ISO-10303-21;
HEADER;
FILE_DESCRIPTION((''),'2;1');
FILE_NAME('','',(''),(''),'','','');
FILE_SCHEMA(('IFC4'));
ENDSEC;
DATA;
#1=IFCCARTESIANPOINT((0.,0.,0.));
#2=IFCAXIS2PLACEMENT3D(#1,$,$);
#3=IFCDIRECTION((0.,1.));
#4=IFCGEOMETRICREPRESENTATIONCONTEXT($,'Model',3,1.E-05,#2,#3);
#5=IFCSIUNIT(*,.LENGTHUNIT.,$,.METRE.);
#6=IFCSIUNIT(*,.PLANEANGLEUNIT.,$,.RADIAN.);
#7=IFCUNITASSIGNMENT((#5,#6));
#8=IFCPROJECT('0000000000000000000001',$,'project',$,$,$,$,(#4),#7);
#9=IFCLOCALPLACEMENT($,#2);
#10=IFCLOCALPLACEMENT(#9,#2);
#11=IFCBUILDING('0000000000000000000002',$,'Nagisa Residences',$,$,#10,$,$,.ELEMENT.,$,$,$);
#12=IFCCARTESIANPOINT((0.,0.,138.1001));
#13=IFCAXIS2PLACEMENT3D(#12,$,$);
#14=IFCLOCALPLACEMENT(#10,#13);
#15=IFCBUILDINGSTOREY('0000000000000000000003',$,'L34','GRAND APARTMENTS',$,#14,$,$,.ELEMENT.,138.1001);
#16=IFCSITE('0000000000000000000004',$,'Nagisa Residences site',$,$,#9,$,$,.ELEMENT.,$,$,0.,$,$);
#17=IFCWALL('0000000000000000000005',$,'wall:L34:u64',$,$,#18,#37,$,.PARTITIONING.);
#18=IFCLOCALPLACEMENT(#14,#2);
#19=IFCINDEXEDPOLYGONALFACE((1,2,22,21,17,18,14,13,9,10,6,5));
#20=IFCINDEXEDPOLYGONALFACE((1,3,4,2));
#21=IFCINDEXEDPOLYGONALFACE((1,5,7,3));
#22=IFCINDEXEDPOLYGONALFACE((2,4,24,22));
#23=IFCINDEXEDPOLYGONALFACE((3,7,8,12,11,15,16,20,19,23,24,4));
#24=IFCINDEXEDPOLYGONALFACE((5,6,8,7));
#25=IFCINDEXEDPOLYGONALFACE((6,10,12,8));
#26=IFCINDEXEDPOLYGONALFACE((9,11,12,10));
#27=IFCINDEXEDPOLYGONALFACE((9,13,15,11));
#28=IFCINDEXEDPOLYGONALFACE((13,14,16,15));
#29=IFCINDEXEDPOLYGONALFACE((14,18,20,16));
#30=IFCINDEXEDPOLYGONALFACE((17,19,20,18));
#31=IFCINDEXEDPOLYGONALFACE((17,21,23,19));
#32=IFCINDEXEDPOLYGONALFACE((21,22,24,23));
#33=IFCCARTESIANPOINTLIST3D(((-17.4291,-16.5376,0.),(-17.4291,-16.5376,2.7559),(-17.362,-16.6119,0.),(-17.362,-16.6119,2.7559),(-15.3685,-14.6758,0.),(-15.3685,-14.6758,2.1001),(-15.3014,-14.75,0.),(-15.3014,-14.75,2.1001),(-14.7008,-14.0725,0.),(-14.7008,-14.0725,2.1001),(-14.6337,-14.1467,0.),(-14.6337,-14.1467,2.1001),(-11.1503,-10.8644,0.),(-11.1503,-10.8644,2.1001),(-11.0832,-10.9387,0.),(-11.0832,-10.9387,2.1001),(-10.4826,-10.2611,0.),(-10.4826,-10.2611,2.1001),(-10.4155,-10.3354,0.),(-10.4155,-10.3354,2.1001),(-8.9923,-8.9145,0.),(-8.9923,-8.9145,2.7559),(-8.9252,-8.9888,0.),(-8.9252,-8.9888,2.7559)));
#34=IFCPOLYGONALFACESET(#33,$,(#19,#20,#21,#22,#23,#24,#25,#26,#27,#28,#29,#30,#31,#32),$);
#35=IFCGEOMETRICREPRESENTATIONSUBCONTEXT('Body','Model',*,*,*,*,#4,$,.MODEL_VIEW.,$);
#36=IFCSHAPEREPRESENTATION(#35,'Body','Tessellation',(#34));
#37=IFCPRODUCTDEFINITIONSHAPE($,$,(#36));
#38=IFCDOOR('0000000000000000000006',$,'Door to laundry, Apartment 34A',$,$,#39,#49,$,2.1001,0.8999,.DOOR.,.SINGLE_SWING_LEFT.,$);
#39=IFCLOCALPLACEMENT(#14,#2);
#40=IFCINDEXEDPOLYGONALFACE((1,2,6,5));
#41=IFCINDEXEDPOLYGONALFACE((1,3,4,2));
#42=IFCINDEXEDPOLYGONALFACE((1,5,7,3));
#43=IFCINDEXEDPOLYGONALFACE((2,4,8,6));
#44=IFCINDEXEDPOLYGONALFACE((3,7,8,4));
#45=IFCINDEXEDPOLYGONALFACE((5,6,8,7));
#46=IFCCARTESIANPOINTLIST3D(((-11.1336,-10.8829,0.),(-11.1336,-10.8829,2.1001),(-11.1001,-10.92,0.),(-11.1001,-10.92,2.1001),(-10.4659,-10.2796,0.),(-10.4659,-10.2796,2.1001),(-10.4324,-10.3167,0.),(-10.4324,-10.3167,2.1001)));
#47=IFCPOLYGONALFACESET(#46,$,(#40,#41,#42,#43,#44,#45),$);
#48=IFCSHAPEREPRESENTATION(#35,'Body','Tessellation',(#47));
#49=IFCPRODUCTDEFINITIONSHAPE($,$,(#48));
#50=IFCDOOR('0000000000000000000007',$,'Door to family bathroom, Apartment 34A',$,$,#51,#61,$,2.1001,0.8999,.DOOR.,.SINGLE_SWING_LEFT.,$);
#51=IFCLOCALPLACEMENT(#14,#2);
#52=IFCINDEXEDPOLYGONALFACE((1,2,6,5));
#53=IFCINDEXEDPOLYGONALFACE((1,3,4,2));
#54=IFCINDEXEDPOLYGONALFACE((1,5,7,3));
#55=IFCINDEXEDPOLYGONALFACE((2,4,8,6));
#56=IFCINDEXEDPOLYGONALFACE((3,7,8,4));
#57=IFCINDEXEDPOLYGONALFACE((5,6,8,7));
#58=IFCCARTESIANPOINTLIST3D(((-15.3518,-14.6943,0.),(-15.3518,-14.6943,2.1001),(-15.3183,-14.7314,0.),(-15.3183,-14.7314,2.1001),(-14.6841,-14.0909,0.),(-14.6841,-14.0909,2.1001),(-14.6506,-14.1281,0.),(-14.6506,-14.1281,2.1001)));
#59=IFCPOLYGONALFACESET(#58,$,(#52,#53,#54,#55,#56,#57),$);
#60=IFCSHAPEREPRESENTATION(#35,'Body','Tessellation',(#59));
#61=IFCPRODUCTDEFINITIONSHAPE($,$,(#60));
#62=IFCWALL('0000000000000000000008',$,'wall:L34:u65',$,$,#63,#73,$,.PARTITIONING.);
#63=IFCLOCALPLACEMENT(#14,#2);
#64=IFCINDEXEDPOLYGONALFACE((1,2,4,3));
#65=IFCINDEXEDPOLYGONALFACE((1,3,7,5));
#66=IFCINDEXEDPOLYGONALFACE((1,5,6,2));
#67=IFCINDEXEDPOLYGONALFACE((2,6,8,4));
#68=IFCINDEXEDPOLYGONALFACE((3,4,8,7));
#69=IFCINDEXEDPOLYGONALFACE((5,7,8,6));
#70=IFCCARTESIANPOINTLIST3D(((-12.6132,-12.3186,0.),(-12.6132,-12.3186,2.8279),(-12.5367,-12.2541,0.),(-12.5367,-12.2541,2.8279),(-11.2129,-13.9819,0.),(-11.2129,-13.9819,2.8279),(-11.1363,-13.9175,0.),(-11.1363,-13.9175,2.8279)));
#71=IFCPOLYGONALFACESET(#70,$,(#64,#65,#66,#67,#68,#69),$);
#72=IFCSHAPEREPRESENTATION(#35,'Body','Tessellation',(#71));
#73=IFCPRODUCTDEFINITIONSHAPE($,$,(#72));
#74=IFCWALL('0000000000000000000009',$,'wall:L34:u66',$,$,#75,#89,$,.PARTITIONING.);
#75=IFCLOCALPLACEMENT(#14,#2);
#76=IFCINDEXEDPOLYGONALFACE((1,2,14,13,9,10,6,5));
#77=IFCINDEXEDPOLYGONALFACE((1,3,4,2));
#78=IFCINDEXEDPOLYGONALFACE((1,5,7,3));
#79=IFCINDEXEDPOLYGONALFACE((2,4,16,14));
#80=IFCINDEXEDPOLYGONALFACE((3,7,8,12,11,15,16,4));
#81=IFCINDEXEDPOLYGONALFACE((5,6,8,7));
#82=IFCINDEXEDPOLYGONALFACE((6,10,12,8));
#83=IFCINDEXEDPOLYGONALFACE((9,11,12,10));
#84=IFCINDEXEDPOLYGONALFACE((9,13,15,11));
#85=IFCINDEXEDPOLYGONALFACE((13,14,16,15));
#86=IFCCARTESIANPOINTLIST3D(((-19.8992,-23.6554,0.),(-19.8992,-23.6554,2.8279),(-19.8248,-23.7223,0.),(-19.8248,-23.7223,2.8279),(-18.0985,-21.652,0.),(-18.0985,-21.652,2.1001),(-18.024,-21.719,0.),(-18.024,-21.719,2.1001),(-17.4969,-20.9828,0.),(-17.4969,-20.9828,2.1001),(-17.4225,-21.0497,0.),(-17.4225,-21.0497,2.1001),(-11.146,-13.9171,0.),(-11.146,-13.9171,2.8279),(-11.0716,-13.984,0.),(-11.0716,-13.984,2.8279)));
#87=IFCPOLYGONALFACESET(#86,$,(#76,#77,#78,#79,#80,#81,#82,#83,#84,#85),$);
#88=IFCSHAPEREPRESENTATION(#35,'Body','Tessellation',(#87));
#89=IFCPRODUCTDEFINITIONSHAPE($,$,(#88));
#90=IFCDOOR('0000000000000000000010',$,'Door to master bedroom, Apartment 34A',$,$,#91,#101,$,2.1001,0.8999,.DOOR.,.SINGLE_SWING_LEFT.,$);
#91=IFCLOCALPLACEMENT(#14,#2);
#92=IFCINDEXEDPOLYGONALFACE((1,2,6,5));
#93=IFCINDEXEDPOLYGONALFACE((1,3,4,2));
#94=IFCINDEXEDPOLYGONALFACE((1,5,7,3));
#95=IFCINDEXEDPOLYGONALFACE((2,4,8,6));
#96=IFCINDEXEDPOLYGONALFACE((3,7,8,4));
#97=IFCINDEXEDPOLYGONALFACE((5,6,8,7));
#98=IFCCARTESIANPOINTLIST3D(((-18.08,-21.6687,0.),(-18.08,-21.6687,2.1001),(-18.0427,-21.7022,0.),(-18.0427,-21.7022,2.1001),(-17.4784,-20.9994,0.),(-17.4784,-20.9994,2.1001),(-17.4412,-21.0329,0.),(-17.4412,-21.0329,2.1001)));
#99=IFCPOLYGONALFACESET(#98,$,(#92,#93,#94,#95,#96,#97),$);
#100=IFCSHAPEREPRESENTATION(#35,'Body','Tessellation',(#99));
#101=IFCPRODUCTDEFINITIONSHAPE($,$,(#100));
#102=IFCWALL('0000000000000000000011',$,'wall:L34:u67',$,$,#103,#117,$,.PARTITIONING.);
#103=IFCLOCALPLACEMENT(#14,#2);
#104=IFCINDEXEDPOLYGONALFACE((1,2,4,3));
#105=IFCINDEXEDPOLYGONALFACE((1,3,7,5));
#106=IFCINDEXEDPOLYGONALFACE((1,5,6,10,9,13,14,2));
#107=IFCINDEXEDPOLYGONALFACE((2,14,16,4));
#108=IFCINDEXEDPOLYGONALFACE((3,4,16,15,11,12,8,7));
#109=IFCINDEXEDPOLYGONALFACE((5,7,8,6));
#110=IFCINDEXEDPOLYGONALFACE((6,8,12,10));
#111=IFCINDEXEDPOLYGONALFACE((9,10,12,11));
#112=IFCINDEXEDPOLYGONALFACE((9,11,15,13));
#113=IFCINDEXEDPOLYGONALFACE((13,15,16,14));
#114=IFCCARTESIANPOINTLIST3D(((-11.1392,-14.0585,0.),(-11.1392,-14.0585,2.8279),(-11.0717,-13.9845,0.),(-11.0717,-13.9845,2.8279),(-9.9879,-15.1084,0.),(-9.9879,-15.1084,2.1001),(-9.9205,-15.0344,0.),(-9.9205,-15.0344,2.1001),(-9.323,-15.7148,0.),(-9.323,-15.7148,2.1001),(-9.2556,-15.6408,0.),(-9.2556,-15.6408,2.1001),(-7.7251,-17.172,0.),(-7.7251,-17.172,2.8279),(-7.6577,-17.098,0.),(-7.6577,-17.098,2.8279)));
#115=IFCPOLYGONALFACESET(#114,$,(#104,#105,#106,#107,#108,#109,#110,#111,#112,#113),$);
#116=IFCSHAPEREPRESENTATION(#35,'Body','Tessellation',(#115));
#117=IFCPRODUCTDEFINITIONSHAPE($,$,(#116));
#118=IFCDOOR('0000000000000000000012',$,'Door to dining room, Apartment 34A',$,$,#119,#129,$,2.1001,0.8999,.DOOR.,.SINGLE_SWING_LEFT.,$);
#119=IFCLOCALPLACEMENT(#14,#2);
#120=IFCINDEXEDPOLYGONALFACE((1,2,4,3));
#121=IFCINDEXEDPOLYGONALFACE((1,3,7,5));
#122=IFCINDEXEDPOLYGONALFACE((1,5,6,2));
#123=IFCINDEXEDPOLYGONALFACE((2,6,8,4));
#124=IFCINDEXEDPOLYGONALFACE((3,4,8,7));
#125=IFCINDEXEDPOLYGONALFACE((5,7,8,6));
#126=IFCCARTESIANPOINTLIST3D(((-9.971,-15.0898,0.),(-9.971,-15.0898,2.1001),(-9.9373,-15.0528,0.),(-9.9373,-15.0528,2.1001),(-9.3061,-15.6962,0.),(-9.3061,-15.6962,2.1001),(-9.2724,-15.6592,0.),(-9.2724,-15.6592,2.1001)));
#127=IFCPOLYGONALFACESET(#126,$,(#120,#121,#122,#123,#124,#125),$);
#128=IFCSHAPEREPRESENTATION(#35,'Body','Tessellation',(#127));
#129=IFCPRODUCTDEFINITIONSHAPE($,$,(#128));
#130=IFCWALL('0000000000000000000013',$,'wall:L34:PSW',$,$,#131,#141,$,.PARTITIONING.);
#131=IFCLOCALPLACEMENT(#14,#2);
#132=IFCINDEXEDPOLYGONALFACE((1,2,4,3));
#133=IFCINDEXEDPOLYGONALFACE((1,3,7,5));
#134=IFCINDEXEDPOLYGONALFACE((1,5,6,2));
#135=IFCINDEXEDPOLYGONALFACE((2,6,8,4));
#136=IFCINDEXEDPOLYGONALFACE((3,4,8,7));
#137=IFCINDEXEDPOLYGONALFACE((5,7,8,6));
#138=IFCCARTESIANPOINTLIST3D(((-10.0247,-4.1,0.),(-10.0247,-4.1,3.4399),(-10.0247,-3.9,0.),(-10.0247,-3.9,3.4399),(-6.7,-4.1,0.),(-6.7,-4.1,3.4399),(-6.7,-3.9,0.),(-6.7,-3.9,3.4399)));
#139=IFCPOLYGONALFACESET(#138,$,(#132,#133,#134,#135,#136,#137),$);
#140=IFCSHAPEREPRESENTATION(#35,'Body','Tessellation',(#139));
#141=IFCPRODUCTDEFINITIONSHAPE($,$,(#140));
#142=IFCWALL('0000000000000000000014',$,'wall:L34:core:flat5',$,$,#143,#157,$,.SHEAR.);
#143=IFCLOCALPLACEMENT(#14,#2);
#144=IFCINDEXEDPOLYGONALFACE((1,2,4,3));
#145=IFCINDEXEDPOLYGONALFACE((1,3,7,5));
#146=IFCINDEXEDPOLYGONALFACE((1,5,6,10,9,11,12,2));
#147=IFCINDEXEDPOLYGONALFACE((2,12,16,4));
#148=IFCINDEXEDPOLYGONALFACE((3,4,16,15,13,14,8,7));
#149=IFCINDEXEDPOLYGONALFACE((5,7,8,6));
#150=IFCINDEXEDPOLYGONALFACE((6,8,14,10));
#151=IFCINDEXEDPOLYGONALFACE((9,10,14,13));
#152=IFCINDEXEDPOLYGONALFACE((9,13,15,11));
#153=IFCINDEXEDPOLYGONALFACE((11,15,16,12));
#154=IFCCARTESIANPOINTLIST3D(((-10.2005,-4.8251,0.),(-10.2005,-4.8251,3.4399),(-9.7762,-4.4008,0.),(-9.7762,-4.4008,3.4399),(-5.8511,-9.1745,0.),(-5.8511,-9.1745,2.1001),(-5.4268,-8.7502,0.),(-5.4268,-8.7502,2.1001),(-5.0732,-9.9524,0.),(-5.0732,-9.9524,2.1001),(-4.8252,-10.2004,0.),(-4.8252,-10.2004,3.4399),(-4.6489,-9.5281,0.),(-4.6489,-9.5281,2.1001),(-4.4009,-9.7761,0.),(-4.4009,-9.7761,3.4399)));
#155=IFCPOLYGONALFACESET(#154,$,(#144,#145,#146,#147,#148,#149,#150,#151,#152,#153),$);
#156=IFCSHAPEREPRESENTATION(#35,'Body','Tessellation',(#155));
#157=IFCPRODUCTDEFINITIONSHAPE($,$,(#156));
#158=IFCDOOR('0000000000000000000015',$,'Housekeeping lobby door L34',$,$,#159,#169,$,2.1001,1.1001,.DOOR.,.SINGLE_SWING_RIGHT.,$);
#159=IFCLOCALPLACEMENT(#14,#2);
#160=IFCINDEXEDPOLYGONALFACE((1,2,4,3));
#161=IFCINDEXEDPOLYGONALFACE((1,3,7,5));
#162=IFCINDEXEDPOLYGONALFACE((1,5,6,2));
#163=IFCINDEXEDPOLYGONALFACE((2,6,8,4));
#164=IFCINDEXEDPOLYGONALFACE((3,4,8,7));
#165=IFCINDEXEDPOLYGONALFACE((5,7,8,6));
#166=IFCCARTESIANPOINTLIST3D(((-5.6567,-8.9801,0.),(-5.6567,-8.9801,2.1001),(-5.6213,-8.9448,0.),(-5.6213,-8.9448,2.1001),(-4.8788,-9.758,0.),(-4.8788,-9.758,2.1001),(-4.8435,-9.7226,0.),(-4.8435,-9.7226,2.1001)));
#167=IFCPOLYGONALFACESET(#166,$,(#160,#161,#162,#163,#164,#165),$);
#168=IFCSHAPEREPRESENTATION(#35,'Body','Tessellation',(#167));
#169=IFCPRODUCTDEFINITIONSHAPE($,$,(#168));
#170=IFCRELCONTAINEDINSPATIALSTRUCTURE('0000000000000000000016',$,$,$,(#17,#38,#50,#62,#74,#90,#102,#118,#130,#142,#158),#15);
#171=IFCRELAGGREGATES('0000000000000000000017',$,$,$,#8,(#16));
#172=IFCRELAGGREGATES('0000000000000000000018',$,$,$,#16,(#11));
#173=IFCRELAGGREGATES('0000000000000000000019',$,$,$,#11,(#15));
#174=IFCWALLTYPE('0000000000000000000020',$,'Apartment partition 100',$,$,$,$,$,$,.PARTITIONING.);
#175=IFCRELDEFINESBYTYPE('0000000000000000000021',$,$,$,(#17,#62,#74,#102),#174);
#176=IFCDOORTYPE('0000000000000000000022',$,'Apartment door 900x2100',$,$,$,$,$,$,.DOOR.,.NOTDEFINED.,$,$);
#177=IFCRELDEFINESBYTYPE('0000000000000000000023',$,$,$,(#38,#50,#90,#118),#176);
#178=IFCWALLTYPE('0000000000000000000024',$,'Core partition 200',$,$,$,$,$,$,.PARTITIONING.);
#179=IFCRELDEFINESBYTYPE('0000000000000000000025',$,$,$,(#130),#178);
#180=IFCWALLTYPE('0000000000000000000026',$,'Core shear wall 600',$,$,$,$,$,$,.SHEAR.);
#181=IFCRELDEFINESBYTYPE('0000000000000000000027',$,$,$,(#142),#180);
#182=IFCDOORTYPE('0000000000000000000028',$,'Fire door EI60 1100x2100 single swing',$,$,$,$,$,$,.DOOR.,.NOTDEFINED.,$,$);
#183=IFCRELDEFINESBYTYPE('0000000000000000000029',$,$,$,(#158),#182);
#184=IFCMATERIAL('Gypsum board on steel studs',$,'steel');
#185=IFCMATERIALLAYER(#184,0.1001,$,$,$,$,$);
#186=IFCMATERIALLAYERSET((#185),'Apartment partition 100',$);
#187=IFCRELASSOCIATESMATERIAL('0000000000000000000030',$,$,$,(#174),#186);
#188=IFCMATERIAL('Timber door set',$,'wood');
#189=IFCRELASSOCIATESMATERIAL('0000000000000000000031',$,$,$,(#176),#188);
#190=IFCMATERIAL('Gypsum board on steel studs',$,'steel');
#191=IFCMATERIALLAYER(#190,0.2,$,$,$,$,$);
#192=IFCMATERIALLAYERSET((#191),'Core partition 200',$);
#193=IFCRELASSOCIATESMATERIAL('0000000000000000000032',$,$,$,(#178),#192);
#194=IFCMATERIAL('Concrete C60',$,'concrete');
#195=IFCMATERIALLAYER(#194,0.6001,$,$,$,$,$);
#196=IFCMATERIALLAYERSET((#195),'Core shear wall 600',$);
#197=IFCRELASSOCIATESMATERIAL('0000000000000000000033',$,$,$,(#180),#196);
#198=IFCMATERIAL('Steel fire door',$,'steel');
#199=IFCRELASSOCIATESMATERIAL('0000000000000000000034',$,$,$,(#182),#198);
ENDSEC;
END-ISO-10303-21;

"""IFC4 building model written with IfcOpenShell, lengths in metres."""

from ifc_helpers import new_model, si_unit, direction, frame, frame_2d, origin, place, context, subcontext, project, spatial, rectangle, extrude, material, layer, layer_set, type_object, element, fill, save


model = new_model("IFC4")

# Units and contexts
model_context = context("Model", 3, precision=1e-05, world=origin(), true_north=direction((0.0, 1.0)))
body_context = subcontext(model_context, "Body", "Model", "MODEL_VIEW")
ifc_project = project(units=[si_unit("LENGTHUNIT", "METRE"), si_unit("PLANEANGLEUNIT", "RADIAN")], contexts=[model_context])

# Site, building, storey
site_placement = place(None, origin())
site = spatial("IfcSite", under=ifc_project, at=site_placement, Name="Nagisa Residences site", CompositionType="ELEMENT", RefElevation=0.0)
building_placement = place(site_placement, origin())
building = spatial("IfcBuilding", under=site, at=building_placement, Name="Nagisa Residences", CompositionType="ELEMENT")
storey_placement = place(building_placement, frame((0.0, 0.0, 138.1001)))
storey = spatial("IfcBuildingStorey", under=building, at=storey_placement, Name="L34", Description="GRAND APARTMENTS", CompositionType="ELEMENT", Elevation=138.1001)

# Shared definitions
ifc_material_1 = material(Name="Gypsum board on steel studs", Category="steel")
ifc_layer_1 = layer(ifc_material_1, 0.1001)
ifc_layer_set_1 = layer_set([ifc_layer_1], Name="Apartment partition 100")
wall_type_1 = type_object("IfcWallType", Name="Apartment partition 100", PredefinedType="PARTITIONING", material=ifc_layer_set_1)
ifc_material_2 = material(Name="Timber door set", Category="wood")
door_type_1 = type_object("IfcDoorType", Name="Apartment door 900x2100", OperationType="NOTDEFINED", PredefinedType="DOOR", material=ifc_material_2)

# Wall, openings, doors
wall_1_placement = place(storey_placement, frame((-8.9587, -8.9517, 0.0), z_axis=(0.0, 0.0, 1.0), x_axis=(-0.741983, -0.670419, 0.0)))
wall_1 = element("IfcWall", 1, at=wall_1_placement, inside=storey, type_object=wall_type_1, Name="wall:L34:u64", PredefinedType="PARTITIONING", context=body_context, shape_type="SweptSolid", body=[
    extrude(rectangle(XDim=11.3706, YDim=0.1001, at=frame_2d((5.6853, 0.0))), origin(), (0.0, 0.0, 1.0), 2.7559),
])
opening_1_placement = place(wall_1_placement, frame((2.0085, 0.0, 0.0)))
opening_1 = element("IfcOpeningElement", 2, at=opening_1_placement, cuts=wall_1, PredefinedType="OPENING", context=body_context, shape_type="SweptSolid", body=[
    extrude(rectangle(XDim=0.8999, YDim=2.1001, at=frame_2d((0.45, 1.05))), frame((0.0, 0.0601, 0.0), z_axis=(0.0, -1.0, 0.0), x_axis=(1.0, 0.0, 0.0)), (0.0, 0.0, 1.0), 0.1201),
])
opening_2_placement = place(wall_1_placement, frame((7.6936, 0.0, 0.0)))
opening_2 = element("IfcOpeningElement", 3, at=opening_2_placement, cuts=wall_1, PredefinedType="OPENING", context=body_context, shape_type="SweptSolid", body=[
    extrude(rectangle(XDim=0.8999, YDim=2.1001, at=frame_2d((0.45, 1.05))), frame((0.0, 0.0601, 0.0), z_axis=(0.0, -1.0, 0.0), x_axis=(1.0, 0.0, 0.0)), (0.0, 0.0, 1.0), 0.1201),
])
door_1_placement = place(opening_1_placement, origin())
door_1 = element("IfcDoor", 4, at=door_1_placement, inside=storey, type_object=door_type_1, Name="Door to laundry, Apartment 34A", OperationType="SINGLE_SWING_LEFT", OverallHeight=2.1001, OverallWidth=0.8999, PredefinedType="DOOR", context=body_context, shape_type="SweptSolid", body=[
    extrude(rectangle(XDim=0.8999, YDim=2.1001, at=frame_2d((0.45, 1.05))), frame((0.0, 0.0249, 0.0), z_axis=(0.0, -1.0, 0.0), x_axis=(1.0, 0.0, 0.0)), (0.0, 0.0, 1.0), 0.05),
])
fill(opening_1, door_1)
door_2_placement = place(opening_2_placement, origin())
door_2 = element("IfcDoor", 5, at=door_2_placement, inside=storey, type_object=door_type_1, Name="Door to family bathroom, Apartment 34A", OperationType="SINGLE_SWING_LEFT", OverallHeight=2.1001, OverallWidth=0.8999, PredefinedType="DOOR", context=body_context, shape_type="SweptSolid", body=[
    extrude(rectangle(XDim=0.8999, YDim=2.1001, at=frame_2d((0.45, 1.05))), frame((0.0, 0.0249, 0.0), z_axis=(0.0, -1.0, 0.0), x_axis=(1.0, 0.0, 0.0)), (0.0, 0.0, 1.0), 0.05),
])
fill(opening_2, door_2)

# Wall
wall_2_placement = place(storey_placement, frame((-12.575, -12.2864, 0.0), z_axis=(0.0, 0.0, 1.0), x_axis=(0.644053, -0.764981, 0.0)))
element("IfcWall", 6, at=wall_2_placement, inside=storey, type_object=wall_type_1, Name="wall:L34:u65", PredefinedType="PARTITIONING", context=body_context, shape_type="SweptSolid", body=[
    extrude(rectangle(XDim=2.1743, YDim=0.1001, at=frame_2d((1.0872, 0.0))), origin(), (0.0, 0.0, 1.0), 2.8279),
])

# Walls, openings, doors
wall_3_placement = place(storey_placement, frame((-11.1089, -13.9507, 0.0), z_axis=(0.0, 0.0, 1.0), x_axis=(-0.668489, -0.743722, 0.0)))
wall_3 = element("IfcWall", 7, at=wall_3_placement, inside=storey, type_object=wall_type_1, Name="wall:L34:u66", PredefinedType="PARTITIONING", context=body_context, shape_type="SweptSolid", body=[
    extrude(rectangle(XDim=13.094, YDim=0.1001, at=frame_2d((6.5469, 0.0))), origin(), (0.0, 0.0, 1.0), 2.8279),
])
opening_3_placement = place(wall_3_placement, frame((9.5002, 0.0, 0.0)))
opening_3 = element("IfcOpeningElement", 8, at=opening_3_placement, cuts=wall_3, PredefinedType="OPENING", context=body_context, shape_type="SweptSolid", body=[
    extrude(rectangle(XDim=0.8999, YDim=2.1001, at=frame_2d((0.45, 1.05))), frame((0.0, 0.0601, 0.0), z_axis=(0.0, -1.0, 0.0), x_axis=(1.0, 0.0, 0.0)), (0.0, 0.0, 1.0), 0.1201),
])
door_3_placement = place(opening_3_placement, origin())
door_3 = element("IfcDoor", 9, at=door_3_placement, inside=storey, type_object=door_type_1, Name="Door to master bedroom, Apartment 34A", OperationType="SINGLE_SWING_LEFT", OverallHeight=2.1001, OverallWidth=0.8999, PredefinedType="DOOR", context=body_context, shape_type="SweptSolid", body=[
    extrude(rectangle(XDim=0.8999, YDim=2.1001, at=frame_2d((0.45, 1.05))), frame((0.0, 0.0249, 0.0), z_axis=(0.0, -1.0, 0.0), x_axis=(1.0, 0.0, 0.0)), (0.0, 0.0, 1.0), 0.05),
])
fill(opening_3, door_3)
wall_4_placement = place(storey_placement, frame((-11.1055, -14.0215, 0.0), z_axis=(0.0, 0.0, 1.0), x_axis=(0.73888, -0.673837, 0.0)))
wall_4 = element("IfcWall", 10, at=wall_4_placement, inside=storey, type_object=wall_type_1, Name="wall:L34:u67", PredefinedType="PARTITIONING", context=body_context, shape_type="SweptSolid", body=[
    extrude(rectangle(XDim=4.6206, YDim=0.1001, at=frame_2d((2.3103, 0.0))), origin(), (0.0, 0.0, 1.0), 2.8279),
])
opening_4_placement = place(wall_4_placement, frame((1.5581, 0.0, 0.0)))
opening_4 = element("IfcOpeningElement", 11, at=opening_4_placement, cuts=wall_4, PredefinedType="OPENING", context=body_context, shape_type="SweptSolid", body=[
    extrude(rectangle(XDim=0.8999, YDim=2.1001, at=frame_2d((0.45, 1.05))), frame((0.0, 0.0601, 0.0), z_axis=(0.0, -1.0, 0.0), x_axis=(1.0, 0.0, 0.0)), (0.0, 0.0, 1.0), 0.1201),
])
door_4_placement = place(opening_4_placement, frame((0.8999, 0.0, 0.0), x_axis=(-1.0, 0.0, 0.0)))
door_4 = element("IfcDoor", 12, at=door_4_placement, inside=storey, type_object=door_type_1, Name="Door to dining room, Apartment 34A", OperationType="SINGLE_SWING_LEFT", OverallHeight=2.1001, OverallWidth=0.8999, PredefinedType="DOOR", context=body_context, shape_type="SweptSolid", body=[
    extrude(rectangle(XDim=0.8999, YDim=2.1001, at=frame_2d((0.45, 1.05))), frame((0.0, 0.0249, 0.0), z_axis=(0.0, -1.0, 0.0), x_axis=(1.0, 0.0, 0.0)), (0.0, 0.0, 1.0), 0.05),
])
fill(opening_4, door_4)

# Wall
ifc_material_3 = material(Name="Gypsum board on steel studs", Category="steel")
ifc_layer_2 = layer(ifc_material_3, 0.2)
ifc_layer_set_2 = layer_set([ifc_layer_2], Name="Core partition 200")
wall_type_2 = type_object("IfcWallType", Name="Core partition 200", PredefinedType="PARTITIONING", material=ifc_layer_set_2)
wall_5_placement = place(storey_placement, frame((-10.0247, -4.0, 0.0), z_axis=(0.0, 0.0, 1.0), x_axis=(1.0, 0.0, 0.0)))
element("IfcWall", 13, at=wall_5_placement, inside=storey, type_object=wall_type_2, Name="wall:L34:PSW", PredefinedType="PARTITIONING", context=body_context, shape_type="SweptSolid", body=[
    extrude(rectangle(XDim=3.3247, YDim=0.2, at=frame_2d((1.6624, 0.0))), origin(), (0.0, 0.0, 1.0), 3.4399),
])

# Wall, opening, door
ifc_material_4 = material(Name="Concrete C60", Category="concrete")
ifc_layer_3 = layer(ifc_material_4, 0.6001)
ifc_layer_set_3 = layer_set([ifc_layer_3], Name="Core shear wall 600")
wall_type_3 = type_object("IfcWallType", Name="Core shear wall 600", PredefinedType="SHEAR", material=ifc_layer_set_3)
wall_6_placement = place(storey_placement, frame((-9.9883, -4.613, 0.0), z_axis=(0.0, 0.0, 1.0), x_axis=(0.707107, -0.707107, 0.0)))
wall_6 = element("IfcWall", 14, at=wall_6_placement, inside=storey, type_object=wall_type_3, Name="wall:L34:core:flat5", PredefinedType="SHEAR", context=body_context, shape_type="SweptSolid", body=[
    extrude(rectangle(XDim=7.6018, YDim=0.6001, at=frame_2d((3.8008, 0.0))), origin(), (0.0, 0.0, 1.0), 3.4399),
])
opening_5_placement = place(wall_6_placement, frame((6.1509, 0.0, 0.0)))
opening_5 = element("IfcOpeningElement", 15, at=opening_5_placement, cuts=wall_6, PredefinedType="OPENING", context=body_context, shape_type="SweptSolid", body=[
    extrude(rectangle(XDim=1.1001, YDim=2.1001, at=frame_2d((0.55, 1.05))), frame((0.0, 0.3101, 0.0), z_axis=(0.0, -1.0, 0.0), x_axis=(1.0, 0.0, 0.0)), (0.0, 0.0, 1.0), 0.6201),
])
ifc_material_5 = material(Name="Steel fire door", Category="steel")
door_type_2 = type_object("IfcDoorType", Name="Fire door EI60 1100x2100 single swing", OperationType="NOTDEFINED", PredefinedType="DOOR", material=ifc_material_5)
door_5_placement = place(opening_5_placement, origin())
door_5 = element("IfcDoor", 16, at=door_5_placement, inside=storey, type_object=door_type_2, Name="Housekeeping lobby door L34", OperationType="SINGLE_SWING_RIGHT", OverallHeight=2.1001, OverallWidth=1.1001, PredefinedType="DOOR", context=body_context, shape_type="SweptSolid", body=[
    extrude(rectangle(XDim=1.1001, YDim=2.1001, at=frame_2d((0.55, 1.05))), frame((0.0, 0.0249, 0.0), z_axis=(0.0, -1.0, 0.0), x_axis=(1.0, 0.0, 0.0)), (0.0, 0.0, 1.0), 0.05),
])
fill(opening_5, door_5)

save(model, "model.ifc")
